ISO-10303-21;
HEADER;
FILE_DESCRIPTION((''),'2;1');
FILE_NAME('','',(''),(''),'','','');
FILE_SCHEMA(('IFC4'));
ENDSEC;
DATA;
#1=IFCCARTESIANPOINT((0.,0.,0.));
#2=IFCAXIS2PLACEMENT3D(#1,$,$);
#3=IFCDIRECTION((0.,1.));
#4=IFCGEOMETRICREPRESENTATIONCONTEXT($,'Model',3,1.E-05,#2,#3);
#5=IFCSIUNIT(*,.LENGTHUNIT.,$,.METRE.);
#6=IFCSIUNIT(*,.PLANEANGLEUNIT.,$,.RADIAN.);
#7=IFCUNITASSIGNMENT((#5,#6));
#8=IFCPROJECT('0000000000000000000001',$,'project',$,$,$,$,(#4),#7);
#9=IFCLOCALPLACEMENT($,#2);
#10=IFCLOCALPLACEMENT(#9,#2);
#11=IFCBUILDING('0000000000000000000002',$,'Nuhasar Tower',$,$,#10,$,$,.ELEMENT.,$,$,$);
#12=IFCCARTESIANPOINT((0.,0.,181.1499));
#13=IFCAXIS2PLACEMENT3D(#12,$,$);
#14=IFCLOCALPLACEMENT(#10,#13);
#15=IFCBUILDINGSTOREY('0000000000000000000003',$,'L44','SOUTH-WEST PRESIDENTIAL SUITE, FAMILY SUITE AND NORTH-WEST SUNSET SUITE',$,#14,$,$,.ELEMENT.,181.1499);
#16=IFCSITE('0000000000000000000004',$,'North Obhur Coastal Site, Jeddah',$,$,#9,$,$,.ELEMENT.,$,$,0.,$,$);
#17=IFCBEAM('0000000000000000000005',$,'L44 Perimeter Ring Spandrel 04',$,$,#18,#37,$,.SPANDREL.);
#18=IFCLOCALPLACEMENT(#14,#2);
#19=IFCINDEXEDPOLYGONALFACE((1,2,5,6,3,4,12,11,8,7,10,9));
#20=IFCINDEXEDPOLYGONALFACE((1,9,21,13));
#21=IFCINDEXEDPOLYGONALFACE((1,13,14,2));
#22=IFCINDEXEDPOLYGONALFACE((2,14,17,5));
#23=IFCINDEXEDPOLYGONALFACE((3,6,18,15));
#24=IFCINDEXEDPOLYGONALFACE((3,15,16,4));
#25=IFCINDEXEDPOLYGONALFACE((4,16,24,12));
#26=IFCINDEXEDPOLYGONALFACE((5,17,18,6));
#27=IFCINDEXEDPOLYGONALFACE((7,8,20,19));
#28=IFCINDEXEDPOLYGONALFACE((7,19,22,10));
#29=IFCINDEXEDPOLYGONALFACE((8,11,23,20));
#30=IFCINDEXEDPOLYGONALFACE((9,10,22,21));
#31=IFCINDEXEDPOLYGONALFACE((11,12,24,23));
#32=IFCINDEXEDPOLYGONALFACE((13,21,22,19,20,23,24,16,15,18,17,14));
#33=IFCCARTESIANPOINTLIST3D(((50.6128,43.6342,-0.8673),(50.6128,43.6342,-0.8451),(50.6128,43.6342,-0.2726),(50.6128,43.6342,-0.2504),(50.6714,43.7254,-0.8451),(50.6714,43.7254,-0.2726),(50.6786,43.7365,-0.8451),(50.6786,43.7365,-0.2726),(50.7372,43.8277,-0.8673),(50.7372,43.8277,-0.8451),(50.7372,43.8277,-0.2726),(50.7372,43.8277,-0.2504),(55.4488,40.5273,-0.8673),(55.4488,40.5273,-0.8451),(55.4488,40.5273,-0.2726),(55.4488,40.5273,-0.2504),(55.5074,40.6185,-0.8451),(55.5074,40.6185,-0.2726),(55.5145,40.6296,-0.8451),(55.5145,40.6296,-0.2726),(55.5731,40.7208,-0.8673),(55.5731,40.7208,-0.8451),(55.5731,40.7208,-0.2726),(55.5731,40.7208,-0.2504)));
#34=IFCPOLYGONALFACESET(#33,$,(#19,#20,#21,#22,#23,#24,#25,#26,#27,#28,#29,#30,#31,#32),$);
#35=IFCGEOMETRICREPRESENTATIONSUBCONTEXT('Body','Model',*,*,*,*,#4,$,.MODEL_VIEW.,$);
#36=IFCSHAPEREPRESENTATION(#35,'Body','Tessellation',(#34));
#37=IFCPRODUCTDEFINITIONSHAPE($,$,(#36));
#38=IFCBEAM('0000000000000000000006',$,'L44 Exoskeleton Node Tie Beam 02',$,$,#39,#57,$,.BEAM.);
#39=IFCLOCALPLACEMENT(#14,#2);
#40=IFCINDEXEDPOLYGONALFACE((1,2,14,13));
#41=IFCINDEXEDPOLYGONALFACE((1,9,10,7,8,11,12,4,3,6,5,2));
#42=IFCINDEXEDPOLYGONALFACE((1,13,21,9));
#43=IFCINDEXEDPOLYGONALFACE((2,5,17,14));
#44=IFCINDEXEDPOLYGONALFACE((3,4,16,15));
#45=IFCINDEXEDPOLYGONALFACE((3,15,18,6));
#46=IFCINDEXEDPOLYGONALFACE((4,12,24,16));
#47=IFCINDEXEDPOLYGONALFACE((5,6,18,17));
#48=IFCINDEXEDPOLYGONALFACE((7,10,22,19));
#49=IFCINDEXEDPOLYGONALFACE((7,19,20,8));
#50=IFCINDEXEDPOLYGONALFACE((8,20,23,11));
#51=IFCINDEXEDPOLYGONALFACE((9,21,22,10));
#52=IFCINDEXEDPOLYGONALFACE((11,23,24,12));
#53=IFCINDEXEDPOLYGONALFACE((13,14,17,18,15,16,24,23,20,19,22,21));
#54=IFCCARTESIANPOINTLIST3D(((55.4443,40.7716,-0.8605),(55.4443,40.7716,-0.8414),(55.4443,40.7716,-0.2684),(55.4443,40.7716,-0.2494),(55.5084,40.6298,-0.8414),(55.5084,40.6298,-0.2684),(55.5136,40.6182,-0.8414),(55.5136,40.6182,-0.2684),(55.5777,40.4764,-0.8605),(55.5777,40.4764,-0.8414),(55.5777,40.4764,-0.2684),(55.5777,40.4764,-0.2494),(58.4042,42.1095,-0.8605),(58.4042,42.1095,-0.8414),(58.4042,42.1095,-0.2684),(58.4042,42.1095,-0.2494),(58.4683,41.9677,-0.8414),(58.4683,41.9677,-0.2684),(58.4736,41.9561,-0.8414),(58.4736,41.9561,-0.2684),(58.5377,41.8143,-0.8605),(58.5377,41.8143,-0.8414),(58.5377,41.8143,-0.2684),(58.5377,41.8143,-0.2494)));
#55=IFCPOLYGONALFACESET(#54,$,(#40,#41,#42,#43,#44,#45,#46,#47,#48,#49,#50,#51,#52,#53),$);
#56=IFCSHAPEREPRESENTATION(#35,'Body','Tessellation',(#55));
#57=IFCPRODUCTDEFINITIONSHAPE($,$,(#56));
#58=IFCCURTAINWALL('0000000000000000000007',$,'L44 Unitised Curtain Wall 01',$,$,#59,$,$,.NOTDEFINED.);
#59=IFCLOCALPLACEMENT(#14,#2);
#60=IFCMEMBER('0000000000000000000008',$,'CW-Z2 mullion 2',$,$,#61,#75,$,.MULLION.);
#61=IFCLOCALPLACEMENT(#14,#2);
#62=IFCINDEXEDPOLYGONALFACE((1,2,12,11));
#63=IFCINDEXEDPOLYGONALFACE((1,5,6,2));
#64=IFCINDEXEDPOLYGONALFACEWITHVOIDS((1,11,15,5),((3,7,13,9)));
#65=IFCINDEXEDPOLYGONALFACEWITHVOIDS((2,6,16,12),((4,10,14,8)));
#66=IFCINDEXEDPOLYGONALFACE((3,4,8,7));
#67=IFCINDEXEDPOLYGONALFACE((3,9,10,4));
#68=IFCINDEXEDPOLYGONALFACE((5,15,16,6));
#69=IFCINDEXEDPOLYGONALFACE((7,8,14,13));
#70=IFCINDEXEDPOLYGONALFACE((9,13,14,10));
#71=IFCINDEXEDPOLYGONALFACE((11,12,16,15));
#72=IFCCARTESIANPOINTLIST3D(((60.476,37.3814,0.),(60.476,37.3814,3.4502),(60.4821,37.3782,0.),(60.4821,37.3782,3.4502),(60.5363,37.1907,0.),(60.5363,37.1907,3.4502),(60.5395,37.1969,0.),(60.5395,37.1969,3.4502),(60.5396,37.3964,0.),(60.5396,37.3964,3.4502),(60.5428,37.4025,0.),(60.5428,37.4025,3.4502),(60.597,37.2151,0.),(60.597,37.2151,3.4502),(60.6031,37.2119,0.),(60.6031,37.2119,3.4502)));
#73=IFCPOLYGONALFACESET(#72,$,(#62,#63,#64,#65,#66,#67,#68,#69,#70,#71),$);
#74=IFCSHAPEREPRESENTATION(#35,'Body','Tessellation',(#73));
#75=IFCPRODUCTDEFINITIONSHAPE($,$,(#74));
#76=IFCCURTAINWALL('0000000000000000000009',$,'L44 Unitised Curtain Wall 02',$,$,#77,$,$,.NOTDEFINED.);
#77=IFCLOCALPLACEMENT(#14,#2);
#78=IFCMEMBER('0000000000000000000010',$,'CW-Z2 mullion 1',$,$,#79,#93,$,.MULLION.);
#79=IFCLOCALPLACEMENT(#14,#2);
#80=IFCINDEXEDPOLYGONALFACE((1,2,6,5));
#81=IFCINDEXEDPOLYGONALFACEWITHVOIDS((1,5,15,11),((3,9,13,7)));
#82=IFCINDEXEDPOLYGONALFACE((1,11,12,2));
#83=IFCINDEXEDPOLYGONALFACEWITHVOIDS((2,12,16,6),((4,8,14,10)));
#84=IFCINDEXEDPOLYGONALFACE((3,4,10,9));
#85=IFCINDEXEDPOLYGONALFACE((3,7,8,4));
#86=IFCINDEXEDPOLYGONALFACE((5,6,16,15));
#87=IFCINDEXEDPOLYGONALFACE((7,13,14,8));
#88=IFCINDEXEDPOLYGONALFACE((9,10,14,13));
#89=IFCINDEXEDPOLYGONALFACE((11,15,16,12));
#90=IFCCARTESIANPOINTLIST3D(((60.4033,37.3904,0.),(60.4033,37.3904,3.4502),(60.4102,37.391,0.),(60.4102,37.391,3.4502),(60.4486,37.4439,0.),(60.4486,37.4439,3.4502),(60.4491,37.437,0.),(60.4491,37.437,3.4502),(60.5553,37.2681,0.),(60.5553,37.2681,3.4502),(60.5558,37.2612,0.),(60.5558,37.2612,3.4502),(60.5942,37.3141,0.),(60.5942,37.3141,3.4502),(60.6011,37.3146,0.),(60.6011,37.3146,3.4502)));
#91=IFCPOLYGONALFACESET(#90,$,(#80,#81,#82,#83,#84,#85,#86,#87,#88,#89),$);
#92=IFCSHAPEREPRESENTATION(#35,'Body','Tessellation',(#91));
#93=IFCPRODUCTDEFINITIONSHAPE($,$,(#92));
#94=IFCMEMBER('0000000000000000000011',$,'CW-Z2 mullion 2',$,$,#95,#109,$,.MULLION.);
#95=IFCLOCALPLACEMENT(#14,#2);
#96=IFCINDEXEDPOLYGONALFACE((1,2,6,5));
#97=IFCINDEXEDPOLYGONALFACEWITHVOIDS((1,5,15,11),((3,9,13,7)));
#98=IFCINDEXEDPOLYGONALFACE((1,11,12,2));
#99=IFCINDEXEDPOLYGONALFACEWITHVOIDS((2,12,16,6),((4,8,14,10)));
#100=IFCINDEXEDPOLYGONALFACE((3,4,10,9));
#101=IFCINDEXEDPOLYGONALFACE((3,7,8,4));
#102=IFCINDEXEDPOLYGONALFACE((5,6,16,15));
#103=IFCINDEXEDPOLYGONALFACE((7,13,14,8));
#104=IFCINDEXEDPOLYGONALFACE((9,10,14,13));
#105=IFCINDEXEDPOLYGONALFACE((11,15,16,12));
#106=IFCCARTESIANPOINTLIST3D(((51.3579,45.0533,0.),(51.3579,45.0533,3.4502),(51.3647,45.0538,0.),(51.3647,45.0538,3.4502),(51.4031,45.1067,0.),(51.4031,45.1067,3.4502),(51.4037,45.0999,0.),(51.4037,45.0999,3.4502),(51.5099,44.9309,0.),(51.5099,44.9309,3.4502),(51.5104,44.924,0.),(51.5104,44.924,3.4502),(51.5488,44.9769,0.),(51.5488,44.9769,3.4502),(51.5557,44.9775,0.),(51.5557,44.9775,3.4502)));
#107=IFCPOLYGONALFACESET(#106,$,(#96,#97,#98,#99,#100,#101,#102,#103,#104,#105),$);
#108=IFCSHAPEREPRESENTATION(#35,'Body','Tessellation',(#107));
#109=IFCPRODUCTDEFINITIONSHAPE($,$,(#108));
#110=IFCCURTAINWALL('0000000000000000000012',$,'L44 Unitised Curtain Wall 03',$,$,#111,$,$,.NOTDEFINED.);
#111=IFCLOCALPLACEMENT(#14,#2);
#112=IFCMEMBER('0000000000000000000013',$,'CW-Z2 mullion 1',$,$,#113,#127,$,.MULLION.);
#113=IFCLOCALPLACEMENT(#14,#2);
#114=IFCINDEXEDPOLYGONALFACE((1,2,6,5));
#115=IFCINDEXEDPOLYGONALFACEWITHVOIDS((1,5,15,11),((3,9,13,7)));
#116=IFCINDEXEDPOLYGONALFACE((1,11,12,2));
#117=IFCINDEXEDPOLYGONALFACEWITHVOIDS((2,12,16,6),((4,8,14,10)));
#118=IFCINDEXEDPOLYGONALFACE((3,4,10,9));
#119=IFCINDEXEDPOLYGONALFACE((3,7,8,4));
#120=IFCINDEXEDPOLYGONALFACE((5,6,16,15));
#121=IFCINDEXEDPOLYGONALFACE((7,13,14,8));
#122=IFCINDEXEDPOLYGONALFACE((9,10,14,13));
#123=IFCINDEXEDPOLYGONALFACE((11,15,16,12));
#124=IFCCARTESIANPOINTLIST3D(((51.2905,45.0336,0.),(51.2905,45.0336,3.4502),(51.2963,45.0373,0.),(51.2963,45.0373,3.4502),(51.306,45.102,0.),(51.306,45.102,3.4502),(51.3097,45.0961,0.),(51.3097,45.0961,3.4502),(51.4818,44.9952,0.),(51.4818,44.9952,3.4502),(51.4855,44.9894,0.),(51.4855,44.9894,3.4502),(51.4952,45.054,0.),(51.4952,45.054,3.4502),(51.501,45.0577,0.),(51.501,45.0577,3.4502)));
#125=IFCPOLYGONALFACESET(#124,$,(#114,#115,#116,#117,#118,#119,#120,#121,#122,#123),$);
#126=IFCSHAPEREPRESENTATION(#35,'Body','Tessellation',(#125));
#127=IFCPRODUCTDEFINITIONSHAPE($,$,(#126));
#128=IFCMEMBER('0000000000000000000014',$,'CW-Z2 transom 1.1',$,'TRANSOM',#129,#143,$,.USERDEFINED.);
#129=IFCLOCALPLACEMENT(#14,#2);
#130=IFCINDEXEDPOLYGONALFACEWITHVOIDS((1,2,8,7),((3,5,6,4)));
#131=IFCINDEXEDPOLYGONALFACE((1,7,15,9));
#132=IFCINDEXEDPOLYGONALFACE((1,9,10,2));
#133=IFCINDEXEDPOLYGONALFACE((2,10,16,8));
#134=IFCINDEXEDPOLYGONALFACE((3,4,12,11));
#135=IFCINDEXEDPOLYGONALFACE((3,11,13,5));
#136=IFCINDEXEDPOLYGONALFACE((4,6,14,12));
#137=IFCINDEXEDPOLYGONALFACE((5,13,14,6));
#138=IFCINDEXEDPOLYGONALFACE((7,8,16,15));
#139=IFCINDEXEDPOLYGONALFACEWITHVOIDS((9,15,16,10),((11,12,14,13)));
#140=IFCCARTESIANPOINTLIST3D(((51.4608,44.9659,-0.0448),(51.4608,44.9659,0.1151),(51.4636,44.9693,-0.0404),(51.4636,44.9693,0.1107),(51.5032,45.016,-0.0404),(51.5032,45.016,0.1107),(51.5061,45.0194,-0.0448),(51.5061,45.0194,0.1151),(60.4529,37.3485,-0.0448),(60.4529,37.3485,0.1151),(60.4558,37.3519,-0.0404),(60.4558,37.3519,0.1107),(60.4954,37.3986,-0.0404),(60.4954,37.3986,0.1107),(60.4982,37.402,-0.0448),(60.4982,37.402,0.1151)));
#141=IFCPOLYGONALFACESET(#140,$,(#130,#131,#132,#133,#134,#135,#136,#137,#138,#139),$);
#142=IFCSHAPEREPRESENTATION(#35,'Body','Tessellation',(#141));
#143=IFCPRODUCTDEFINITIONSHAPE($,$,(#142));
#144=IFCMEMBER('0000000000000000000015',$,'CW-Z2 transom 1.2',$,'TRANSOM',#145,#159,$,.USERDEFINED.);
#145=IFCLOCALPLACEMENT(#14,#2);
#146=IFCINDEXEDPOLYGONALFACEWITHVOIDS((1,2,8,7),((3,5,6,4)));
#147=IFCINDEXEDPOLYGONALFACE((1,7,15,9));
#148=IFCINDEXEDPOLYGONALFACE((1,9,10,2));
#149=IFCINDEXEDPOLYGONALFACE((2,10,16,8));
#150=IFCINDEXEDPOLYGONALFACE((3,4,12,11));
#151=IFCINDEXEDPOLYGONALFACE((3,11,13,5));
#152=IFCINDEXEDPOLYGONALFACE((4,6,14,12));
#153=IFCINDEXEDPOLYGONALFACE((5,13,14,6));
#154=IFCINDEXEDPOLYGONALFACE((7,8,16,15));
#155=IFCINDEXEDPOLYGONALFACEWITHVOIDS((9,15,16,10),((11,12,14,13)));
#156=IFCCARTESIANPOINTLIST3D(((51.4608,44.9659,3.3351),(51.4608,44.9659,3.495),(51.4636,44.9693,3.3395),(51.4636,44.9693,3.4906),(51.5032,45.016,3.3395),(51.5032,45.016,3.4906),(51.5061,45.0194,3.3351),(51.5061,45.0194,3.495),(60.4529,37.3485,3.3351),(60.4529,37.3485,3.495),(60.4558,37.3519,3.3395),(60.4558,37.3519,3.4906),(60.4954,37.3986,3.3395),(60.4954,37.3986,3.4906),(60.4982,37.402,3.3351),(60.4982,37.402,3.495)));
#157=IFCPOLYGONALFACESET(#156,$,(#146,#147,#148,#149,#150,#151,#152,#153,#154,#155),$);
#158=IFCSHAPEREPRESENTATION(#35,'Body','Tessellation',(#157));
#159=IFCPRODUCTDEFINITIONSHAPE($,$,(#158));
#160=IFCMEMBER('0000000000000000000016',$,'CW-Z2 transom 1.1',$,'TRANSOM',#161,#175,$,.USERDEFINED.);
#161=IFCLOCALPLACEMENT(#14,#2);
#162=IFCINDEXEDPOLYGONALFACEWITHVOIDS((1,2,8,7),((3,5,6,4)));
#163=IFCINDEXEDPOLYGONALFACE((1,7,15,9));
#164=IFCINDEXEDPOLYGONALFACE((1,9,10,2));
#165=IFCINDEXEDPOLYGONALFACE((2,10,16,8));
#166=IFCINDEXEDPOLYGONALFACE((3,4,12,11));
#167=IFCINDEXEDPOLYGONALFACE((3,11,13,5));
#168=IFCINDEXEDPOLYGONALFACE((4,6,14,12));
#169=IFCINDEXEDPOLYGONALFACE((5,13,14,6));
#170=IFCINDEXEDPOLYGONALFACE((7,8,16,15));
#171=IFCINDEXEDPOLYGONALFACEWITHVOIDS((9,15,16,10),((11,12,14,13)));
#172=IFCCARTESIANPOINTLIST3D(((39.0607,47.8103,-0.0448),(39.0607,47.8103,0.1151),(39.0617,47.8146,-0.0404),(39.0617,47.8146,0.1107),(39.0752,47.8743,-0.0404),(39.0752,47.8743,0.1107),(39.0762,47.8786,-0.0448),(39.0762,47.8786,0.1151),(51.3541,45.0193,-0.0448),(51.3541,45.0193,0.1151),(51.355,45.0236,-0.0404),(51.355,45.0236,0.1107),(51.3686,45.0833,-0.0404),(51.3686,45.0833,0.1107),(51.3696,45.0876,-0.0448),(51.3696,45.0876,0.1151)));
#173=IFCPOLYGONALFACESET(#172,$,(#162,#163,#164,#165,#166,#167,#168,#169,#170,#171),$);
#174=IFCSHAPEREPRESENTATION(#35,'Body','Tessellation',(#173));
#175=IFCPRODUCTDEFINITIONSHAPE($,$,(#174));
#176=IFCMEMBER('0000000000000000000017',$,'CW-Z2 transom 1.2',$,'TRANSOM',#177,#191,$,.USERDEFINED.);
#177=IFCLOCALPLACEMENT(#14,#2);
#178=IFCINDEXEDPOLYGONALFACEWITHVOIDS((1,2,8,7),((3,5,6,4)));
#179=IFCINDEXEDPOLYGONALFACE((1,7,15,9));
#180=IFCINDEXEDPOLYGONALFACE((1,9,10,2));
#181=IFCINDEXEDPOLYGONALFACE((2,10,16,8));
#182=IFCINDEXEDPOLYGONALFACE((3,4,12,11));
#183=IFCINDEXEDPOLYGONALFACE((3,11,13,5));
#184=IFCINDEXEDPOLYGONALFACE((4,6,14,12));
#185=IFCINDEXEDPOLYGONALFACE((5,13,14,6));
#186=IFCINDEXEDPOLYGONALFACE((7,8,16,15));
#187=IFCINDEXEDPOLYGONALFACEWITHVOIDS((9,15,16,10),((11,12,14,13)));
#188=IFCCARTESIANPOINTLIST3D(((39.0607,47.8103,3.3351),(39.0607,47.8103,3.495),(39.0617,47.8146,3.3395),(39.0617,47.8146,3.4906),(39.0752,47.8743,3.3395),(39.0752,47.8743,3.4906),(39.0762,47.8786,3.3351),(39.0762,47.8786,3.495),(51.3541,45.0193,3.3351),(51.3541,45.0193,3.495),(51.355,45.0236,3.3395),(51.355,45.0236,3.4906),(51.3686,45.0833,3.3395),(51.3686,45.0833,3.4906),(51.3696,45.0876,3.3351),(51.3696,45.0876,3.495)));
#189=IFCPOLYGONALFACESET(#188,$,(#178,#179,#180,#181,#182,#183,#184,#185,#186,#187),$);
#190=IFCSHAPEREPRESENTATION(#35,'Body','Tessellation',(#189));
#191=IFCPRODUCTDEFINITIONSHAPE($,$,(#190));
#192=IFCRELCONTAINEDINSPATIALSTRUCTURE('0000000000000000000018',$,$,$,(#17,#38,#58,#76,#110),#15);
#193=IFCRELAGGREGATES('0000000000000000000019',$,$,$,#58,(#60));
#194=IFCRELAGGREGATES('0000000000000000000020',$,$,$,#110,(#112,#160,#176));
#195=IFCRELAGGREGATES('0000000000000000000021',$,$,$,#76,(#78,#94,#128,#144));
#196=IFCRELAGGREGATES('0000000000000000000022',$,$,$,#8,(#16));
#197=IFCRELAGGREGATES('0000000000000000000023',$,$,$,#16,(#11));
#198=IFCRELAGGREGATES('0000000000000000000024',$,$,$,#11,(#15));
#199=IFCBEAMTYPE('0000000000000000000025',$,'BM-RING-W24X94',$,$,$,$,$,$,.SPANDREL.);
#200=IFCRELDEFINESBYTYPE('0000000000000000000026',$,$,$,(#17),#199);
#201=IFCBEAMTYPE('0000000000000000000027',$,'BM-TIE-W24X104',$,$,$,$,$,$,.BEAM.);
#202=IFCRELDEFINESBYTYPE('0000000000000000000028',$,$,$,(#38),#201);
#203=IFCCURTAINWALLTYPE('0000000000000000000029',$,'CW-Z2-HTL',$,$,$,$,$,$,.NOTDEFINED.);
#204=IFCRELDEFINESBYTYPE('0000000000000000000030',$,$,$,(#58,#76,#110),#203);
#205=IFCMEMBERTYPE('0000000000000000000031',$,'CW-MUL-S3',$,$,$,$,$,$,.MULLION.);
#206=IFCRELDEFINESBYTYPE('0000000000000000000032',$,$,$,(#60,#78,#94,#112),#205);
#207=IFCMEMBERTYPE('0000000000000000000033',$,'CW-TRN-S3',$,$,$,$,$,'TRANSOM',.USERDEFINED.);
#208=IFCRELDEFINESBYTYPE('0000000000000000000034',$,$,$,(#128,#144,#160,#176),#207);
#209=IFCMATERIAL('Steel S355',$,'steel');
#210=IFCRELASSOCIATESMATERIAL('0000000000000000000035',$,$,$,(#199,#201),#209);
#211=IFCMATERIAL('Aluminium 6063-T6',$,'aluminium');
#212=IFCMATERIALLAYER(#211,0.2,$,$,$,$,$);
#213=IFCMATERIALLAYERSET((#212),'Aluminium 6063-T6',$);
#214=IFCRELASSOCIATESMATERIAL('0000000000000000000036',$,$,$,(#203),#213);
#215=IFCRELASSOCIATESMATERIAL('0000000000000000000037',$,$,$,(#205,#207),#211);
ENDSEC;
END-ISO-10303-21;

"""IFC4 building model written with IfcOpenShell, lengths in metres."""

from ifc_helpers import new_model, si_unit, direction, frame, origin, origin_2d, place, context, subcontext, project, spatial, hollow_rectangle, i_section, extrude, material, layer, layer_set, material_profile, profile_set, type_object, element, aggregate, save


model = new_model("IFC4")

# Units and contexts
model_context = context("Model", 3, precision=1e-05, world=origin(), true_north=direction((0.0, 1.0)))
body_context = subcontext(model_context, "Body", "Model", "MODEL_VIEW")
ifc_project = project(units=[si_unit("LENGTHUNIT", "METRE"), si_unit("PLANEANGLEUNIT", "RADIAN")], contexts=[model_context])

# Site, building, storey
site_placement = place(None, origin())
site = spatial("IfcSite", under=ifc_project, at=site_placement, Name="North Obhur Coastal Site, Jeddah", CompositionType="ELEMENT", RefElevation=0.0)
building_placement = place(site_placement, origin())
building = spatial("IfcBuilding", under=site, at=building_placement, Name="Nuhasar Tower", CompositionType="ELEMENT")
storey_placement = place(building_placement, frame((0.0, 0.0, 181.1499)))
storey = spatial("IfcBuildingStorey", under=building, at=storey_placement, Name="L44", Description="SOUTH-WEST PRESIDENTIAL SUITE, FAMILY SUITE AND NORTH-WEST SUNSET SUITE", CompositionType="ELEMENT", Elevation=181.1499)

# Beams
ifc_material_1 = material(Name="Steel S355", Category="steel")
ifc_material_profile_1 = material_profile(ifc_material_1, i_section(OverallWidth=0.23, OverallDepth=0.6169, WebThickness=0.0132, FlangeThickness=0.0222, at=origin_2d()), Name="W24X94")
ifc_profile_set_1 = profile_set([ifc_material_profile_1], Name="Steel S355")
beam_type_1 = type_object("IfcBeamType", Name="BM-RING-W24X94", PredefinedType="SPANDREL", material=ifc_profile_set_1)
beam_1_placement = place(storey_placement, frame((55.511, 40.624, -0.5588), z_axis=(-0.841327, 0.540526, 0.0), x_axis=(-0.540526, -0.841327, 0.0)))
element("IfcBeam", 1, at=beam_1_placement, inside=storey, type_object=beam_type_1, Name="L44 Perimeter Ring Spandrel 04", PredefinedType="SPANDREL", context=body_context, shape_type="SweptSolid", body=[
    extrude(i_section(OverallWidth=0.23, OverallDepth=0.6169, WebThickness=0.0132, FlangeThickness=0.0222, at=origin_2d()), origin(), (0.0, 0.0, 1.0), 5.748),
])
ifc_material_profile_2 = material_profile(ifc_material_1, i_section(OverallWidth=0.324, OverallDepth=0.6111, WebThickness=0.0127, FlangeThickness=0.019, at=origin_2d()), Name="W24X104")
ifc_profile_set_2 = profile_set([ifc_material_profile_2], Name="Steel S355")
beam_type_2 = type_object("IfcBeamType", Name="BM-TIE-W24X104", PredefinedType="BEAM", material=ifc_profile_set_2)
beam_2_placement = place(storey_placement, frame((55.511, 40.624, -0.5549), z_axis=(0.91124, 0.411877, 0.0), x_axis=(-0.411877, 0.91124, 0.0)))
element("IfcBeam", 2, at=beam_2_placement, inside=storey, type_object=beam_type_2, Name="L44 Exoskeleton Node Tie Beam 02", PredefinedType="BEAM", context=body_context, shape_type="SweptSolid", body=[
    extrude(i_section(OverallWidth=0.324, OverallDepth=0.6111, WebThickness=0.0127, FlangeThickness=0.019, at=origin_2d()), origin(), (0.0, 0.0, 1.0), 3.2483),
])

# Curtain wall, member
ifc_material_2 = material(Name="Aluminium 6063-T6", Category="aluminium")
ifc_layer_1 = layer(ifc_material_2, 0.2)
ifc_layer_set_1 = layer_set([ifc_layer_1], Name="Aluminium 6063-T6")
curtain_wall_type = type_object("IfcCurtainWallType", Name="CW-Z2-HTL", PredefinedType="NOTDEFINED", material=ifc_layer_set_1)
curtain_wall_1_placement = place(storey_placement, origin())
curtain_wall_1 = element("IfcCurtainWall", 3, at=curtain_wall_1_placement, inside=storey, type_object=curtain_wall_type, Name="L44 Unitised Curtain Wall 01", PredefinedType="NOTDEFINED")
ifc_material_profile_3 = material_profile(ifc_material_2, hollow_rectangle(XDim=0.0701, YDim=0.2, WallThickness=0.0049, at=origin_2d()), Name="CWM-3")
ifc_profile_set_3 = profile_set([ifc_material_profile_3], Name="Aluminium 6063-T6")
member_type_1 = type_object("IfcMemberType", Name="CW-MUL-S3", PredefinedType="MULLION", material=ifc_profile_set_3)
member_1_placement = place(storey_placement, frame((60.5396, 37.2966, 0.0), z_axis=(0.0, 0.0, 1.0), x_axis=(-0.953433, -0.301604, 0.0)))
member_1 = element("IfcMember", 4, at=member_1_placement, type_object=member_type_1, Name="CW-Z2 mullion 2", PredefinedType="MULLION", context=body_context, shape_type="SweptSolid", body=[
    extrude(hollow_rectangle(XDim=0.0701, YDim=0.2, WallThickness=0.0049, at=origin_2d()), origin(), (0.0, 0.0, 1.0), 3.4502),
])
aggregate(curtain_wall_1, [member_1])

# Curtain wall, members
curtain_wall_2_placement = place(storey_placement, origin())
curtain_wall_2 = element("IfcCurtainWall", 5, at=curtain_wall_2_placement, inside=storey, type_object=curtain_wall_type, Name="L44 Unitised Curtain Wall 02", PredefinedType="NOTDEFINED")
member_2_placement = place(storey_placement, frame((60.5022, 37.3525, 0.0), z_axis=(0.0, 0.0, 1.0), x_axis=(-0.646374, -0.76302, 0.0)))
member_2 = element("IfcMember", 6, at=member_2_placement, type_object=member_type_1, Name="CW-Z2 mullion 1", PredefinedType="MULLION", context=body_context, shape_type="SweptSolid", body=[
    extrude(hollow_rectangle(XDim=0.0701, YDim=0.2, WallThickness=0.0049, at=origin_2d()), origin(), (0.0, 0.0, 1.0), 3.4502),
])
member_3_placement = place(storey_placement, frame((51.4568, 45.0154, 0.0), z_axis=(0.0, 0.0, 1.0), x_axis=(-0.646374, -0.76302, 0.0)))
member_3 = element("IfcMember", 7, at=member_3_placement, type_object=member_type_1, Name="CW-Z2 mullion 2", PredefinedType="MULLION", context=body_context, shape_type="SweptSolid", body=[
    extrude(hollow_rectangle(XDim=0.0701, YDim=0.2, WallThickness=0.0049, at=origin_2d()), origin(), (0.0, 0.0, 1.0), 3.4502),
])

# Curtain wall, member
curtain_wall_3_placement = place(storey_placement, origin())
curtain_wall_3 = element("IfcCurtainWall", 8, at=curtain_wall_3_placement, inside=storey, type_object=curtain_wall_type, Name="L44 Unitised Curtain Wall 03", PredefinedType="NOTDEFINED")
member_4_placement = place(storey_placement, frame((51.3958, 45.0457, 0.0), z_axis=(0.0, 0.0, 1.0), x_axis=(-0.221397, -0.975184, 0.0)))
member_4 = element("IfcMember", 9, at=member_4_placement, type_object=member_type_1, Name="CW-Z2 mullion 1", PredefinedType="MULLION", context=body_context, shape_type="SweptSolid", body=[
    extrude(hollow_rectangle(XDim=0.0701, YDim=0.2, WallThickness=0.0049, at=origin_2d()), origin(), (0.0, 0.0, 1.0), 3.4502),
])

# Members
ifc_material_profile_4 = material_profile(ifc_material_2, hollow_rectangle(XDim=0.0701, YDim=0.1599, WallThickness=0.0044, at=origin_2d()), Name="CWT-3")
ifc_profile_set_4 = profile_set([ifc_material_profile_4], Name="Aluminium 6063-T6")
member_type_2 = type_object("IfcMemberType", Name="CW-TRN-S3", ElementType="TRANSOM", PredefinedType="USERDEFINED", material=ifc_profile_set_4)
member_5_placement = place(storey_placement, frame((60.4756, 37.3752, 0.0352), z_axis=(-0.763024, 0.64637, 0.0), x_axis=(-0.64637, -0.763024, 0.0)))
member_5 = element("IfcMember", 10, at=member_5_placement, type_object=member_type_2, Name="CW-Z2 transom 1.1", ObjectType="TRANSOM", PredefinedType="USERDEFINED", context=body_context, shape_type="SweptSolid", body=[
    extrude(hollow_rectangle(XDim=0.0701, YDim=0.1599, WallThickness=0.0044, at=origin_2d()), origin(), (0.0, 0.0, 1.0), 11.7849),
])
member_6_placement = place(storey_placement, frame((60.4756, 37.3752, 3.415), z_axis=(-0.763024, 0.64637, 0.0), x_axis=(-0.64637, -0.763024, 0.0)))
member_6 = element("IfcMember", 11, at=member_6_placement, type_object=member_type_2, Name="CW-Z2 transom 1.2", ObjectType="TRANSOM", PredefinedType="USERDEFINED", context=body_context, shape_type="SweptSolid", body=[
    extrude(hollow_rectangle(XDim=0.0701, YDim=0.1599, WallThickness=0.0044, at=origin_2d()), origin(), (0.0, 0.0, 1.0), 11.7849),
])
member_7_placement = place(storey_placement, frame((51.3618, 45.0535, 0.0352), z_axis=(-0.975183, 0.221398, 0.0), x_axis=(-0.221398, -0.975183, 0.0)))
member_7 = element("IfcMember", 12, at=member_7_placement, type_object=member_type_2, Name="CW-Z2 transom 1.1", ObjectType="TRANSOM", PredefinedType="USERDEFINED", context=body_context, shape_type="SweptSolid", body=[
    extrude(hollow_rectangle(XDim=0.0701, YDim=0.1599, WallThickness=0.0044, at=origin_2d()), origin(), (0.0, 0.0, 1.0), 12.6062),
])
member_8_placement = place(storey_placement, frame((51.3618, 45.0535, 3.415), z_axis=(-0.975183, 0.221398, 0.0), x_axis=(-0.221398, -0.975183, 0.0)))
member_8 = element("IfcMember", 13, at=member_8_placement, type_object=member_type_2, Name="CW-Z2 transom 1.2", ObjectType="TRANSOM", PredefinedType="USERDEFINED", context=body_context, shape_type="SweptSolid", body=[
    extrude(hollow_rectangle(XDim=0.0701, YDim=0.1599, WallThickness=0.0044, at=origin_2d()), origin(), (0.0, 0.0, 1.0), 12.6062),
])
aggregate(curtain_wall_3, [member_4, member_7, member_8])

aggregate(curtain_wall_2, [member_2, member_3, member_5, member_6])

save(model, "model.ifc")
